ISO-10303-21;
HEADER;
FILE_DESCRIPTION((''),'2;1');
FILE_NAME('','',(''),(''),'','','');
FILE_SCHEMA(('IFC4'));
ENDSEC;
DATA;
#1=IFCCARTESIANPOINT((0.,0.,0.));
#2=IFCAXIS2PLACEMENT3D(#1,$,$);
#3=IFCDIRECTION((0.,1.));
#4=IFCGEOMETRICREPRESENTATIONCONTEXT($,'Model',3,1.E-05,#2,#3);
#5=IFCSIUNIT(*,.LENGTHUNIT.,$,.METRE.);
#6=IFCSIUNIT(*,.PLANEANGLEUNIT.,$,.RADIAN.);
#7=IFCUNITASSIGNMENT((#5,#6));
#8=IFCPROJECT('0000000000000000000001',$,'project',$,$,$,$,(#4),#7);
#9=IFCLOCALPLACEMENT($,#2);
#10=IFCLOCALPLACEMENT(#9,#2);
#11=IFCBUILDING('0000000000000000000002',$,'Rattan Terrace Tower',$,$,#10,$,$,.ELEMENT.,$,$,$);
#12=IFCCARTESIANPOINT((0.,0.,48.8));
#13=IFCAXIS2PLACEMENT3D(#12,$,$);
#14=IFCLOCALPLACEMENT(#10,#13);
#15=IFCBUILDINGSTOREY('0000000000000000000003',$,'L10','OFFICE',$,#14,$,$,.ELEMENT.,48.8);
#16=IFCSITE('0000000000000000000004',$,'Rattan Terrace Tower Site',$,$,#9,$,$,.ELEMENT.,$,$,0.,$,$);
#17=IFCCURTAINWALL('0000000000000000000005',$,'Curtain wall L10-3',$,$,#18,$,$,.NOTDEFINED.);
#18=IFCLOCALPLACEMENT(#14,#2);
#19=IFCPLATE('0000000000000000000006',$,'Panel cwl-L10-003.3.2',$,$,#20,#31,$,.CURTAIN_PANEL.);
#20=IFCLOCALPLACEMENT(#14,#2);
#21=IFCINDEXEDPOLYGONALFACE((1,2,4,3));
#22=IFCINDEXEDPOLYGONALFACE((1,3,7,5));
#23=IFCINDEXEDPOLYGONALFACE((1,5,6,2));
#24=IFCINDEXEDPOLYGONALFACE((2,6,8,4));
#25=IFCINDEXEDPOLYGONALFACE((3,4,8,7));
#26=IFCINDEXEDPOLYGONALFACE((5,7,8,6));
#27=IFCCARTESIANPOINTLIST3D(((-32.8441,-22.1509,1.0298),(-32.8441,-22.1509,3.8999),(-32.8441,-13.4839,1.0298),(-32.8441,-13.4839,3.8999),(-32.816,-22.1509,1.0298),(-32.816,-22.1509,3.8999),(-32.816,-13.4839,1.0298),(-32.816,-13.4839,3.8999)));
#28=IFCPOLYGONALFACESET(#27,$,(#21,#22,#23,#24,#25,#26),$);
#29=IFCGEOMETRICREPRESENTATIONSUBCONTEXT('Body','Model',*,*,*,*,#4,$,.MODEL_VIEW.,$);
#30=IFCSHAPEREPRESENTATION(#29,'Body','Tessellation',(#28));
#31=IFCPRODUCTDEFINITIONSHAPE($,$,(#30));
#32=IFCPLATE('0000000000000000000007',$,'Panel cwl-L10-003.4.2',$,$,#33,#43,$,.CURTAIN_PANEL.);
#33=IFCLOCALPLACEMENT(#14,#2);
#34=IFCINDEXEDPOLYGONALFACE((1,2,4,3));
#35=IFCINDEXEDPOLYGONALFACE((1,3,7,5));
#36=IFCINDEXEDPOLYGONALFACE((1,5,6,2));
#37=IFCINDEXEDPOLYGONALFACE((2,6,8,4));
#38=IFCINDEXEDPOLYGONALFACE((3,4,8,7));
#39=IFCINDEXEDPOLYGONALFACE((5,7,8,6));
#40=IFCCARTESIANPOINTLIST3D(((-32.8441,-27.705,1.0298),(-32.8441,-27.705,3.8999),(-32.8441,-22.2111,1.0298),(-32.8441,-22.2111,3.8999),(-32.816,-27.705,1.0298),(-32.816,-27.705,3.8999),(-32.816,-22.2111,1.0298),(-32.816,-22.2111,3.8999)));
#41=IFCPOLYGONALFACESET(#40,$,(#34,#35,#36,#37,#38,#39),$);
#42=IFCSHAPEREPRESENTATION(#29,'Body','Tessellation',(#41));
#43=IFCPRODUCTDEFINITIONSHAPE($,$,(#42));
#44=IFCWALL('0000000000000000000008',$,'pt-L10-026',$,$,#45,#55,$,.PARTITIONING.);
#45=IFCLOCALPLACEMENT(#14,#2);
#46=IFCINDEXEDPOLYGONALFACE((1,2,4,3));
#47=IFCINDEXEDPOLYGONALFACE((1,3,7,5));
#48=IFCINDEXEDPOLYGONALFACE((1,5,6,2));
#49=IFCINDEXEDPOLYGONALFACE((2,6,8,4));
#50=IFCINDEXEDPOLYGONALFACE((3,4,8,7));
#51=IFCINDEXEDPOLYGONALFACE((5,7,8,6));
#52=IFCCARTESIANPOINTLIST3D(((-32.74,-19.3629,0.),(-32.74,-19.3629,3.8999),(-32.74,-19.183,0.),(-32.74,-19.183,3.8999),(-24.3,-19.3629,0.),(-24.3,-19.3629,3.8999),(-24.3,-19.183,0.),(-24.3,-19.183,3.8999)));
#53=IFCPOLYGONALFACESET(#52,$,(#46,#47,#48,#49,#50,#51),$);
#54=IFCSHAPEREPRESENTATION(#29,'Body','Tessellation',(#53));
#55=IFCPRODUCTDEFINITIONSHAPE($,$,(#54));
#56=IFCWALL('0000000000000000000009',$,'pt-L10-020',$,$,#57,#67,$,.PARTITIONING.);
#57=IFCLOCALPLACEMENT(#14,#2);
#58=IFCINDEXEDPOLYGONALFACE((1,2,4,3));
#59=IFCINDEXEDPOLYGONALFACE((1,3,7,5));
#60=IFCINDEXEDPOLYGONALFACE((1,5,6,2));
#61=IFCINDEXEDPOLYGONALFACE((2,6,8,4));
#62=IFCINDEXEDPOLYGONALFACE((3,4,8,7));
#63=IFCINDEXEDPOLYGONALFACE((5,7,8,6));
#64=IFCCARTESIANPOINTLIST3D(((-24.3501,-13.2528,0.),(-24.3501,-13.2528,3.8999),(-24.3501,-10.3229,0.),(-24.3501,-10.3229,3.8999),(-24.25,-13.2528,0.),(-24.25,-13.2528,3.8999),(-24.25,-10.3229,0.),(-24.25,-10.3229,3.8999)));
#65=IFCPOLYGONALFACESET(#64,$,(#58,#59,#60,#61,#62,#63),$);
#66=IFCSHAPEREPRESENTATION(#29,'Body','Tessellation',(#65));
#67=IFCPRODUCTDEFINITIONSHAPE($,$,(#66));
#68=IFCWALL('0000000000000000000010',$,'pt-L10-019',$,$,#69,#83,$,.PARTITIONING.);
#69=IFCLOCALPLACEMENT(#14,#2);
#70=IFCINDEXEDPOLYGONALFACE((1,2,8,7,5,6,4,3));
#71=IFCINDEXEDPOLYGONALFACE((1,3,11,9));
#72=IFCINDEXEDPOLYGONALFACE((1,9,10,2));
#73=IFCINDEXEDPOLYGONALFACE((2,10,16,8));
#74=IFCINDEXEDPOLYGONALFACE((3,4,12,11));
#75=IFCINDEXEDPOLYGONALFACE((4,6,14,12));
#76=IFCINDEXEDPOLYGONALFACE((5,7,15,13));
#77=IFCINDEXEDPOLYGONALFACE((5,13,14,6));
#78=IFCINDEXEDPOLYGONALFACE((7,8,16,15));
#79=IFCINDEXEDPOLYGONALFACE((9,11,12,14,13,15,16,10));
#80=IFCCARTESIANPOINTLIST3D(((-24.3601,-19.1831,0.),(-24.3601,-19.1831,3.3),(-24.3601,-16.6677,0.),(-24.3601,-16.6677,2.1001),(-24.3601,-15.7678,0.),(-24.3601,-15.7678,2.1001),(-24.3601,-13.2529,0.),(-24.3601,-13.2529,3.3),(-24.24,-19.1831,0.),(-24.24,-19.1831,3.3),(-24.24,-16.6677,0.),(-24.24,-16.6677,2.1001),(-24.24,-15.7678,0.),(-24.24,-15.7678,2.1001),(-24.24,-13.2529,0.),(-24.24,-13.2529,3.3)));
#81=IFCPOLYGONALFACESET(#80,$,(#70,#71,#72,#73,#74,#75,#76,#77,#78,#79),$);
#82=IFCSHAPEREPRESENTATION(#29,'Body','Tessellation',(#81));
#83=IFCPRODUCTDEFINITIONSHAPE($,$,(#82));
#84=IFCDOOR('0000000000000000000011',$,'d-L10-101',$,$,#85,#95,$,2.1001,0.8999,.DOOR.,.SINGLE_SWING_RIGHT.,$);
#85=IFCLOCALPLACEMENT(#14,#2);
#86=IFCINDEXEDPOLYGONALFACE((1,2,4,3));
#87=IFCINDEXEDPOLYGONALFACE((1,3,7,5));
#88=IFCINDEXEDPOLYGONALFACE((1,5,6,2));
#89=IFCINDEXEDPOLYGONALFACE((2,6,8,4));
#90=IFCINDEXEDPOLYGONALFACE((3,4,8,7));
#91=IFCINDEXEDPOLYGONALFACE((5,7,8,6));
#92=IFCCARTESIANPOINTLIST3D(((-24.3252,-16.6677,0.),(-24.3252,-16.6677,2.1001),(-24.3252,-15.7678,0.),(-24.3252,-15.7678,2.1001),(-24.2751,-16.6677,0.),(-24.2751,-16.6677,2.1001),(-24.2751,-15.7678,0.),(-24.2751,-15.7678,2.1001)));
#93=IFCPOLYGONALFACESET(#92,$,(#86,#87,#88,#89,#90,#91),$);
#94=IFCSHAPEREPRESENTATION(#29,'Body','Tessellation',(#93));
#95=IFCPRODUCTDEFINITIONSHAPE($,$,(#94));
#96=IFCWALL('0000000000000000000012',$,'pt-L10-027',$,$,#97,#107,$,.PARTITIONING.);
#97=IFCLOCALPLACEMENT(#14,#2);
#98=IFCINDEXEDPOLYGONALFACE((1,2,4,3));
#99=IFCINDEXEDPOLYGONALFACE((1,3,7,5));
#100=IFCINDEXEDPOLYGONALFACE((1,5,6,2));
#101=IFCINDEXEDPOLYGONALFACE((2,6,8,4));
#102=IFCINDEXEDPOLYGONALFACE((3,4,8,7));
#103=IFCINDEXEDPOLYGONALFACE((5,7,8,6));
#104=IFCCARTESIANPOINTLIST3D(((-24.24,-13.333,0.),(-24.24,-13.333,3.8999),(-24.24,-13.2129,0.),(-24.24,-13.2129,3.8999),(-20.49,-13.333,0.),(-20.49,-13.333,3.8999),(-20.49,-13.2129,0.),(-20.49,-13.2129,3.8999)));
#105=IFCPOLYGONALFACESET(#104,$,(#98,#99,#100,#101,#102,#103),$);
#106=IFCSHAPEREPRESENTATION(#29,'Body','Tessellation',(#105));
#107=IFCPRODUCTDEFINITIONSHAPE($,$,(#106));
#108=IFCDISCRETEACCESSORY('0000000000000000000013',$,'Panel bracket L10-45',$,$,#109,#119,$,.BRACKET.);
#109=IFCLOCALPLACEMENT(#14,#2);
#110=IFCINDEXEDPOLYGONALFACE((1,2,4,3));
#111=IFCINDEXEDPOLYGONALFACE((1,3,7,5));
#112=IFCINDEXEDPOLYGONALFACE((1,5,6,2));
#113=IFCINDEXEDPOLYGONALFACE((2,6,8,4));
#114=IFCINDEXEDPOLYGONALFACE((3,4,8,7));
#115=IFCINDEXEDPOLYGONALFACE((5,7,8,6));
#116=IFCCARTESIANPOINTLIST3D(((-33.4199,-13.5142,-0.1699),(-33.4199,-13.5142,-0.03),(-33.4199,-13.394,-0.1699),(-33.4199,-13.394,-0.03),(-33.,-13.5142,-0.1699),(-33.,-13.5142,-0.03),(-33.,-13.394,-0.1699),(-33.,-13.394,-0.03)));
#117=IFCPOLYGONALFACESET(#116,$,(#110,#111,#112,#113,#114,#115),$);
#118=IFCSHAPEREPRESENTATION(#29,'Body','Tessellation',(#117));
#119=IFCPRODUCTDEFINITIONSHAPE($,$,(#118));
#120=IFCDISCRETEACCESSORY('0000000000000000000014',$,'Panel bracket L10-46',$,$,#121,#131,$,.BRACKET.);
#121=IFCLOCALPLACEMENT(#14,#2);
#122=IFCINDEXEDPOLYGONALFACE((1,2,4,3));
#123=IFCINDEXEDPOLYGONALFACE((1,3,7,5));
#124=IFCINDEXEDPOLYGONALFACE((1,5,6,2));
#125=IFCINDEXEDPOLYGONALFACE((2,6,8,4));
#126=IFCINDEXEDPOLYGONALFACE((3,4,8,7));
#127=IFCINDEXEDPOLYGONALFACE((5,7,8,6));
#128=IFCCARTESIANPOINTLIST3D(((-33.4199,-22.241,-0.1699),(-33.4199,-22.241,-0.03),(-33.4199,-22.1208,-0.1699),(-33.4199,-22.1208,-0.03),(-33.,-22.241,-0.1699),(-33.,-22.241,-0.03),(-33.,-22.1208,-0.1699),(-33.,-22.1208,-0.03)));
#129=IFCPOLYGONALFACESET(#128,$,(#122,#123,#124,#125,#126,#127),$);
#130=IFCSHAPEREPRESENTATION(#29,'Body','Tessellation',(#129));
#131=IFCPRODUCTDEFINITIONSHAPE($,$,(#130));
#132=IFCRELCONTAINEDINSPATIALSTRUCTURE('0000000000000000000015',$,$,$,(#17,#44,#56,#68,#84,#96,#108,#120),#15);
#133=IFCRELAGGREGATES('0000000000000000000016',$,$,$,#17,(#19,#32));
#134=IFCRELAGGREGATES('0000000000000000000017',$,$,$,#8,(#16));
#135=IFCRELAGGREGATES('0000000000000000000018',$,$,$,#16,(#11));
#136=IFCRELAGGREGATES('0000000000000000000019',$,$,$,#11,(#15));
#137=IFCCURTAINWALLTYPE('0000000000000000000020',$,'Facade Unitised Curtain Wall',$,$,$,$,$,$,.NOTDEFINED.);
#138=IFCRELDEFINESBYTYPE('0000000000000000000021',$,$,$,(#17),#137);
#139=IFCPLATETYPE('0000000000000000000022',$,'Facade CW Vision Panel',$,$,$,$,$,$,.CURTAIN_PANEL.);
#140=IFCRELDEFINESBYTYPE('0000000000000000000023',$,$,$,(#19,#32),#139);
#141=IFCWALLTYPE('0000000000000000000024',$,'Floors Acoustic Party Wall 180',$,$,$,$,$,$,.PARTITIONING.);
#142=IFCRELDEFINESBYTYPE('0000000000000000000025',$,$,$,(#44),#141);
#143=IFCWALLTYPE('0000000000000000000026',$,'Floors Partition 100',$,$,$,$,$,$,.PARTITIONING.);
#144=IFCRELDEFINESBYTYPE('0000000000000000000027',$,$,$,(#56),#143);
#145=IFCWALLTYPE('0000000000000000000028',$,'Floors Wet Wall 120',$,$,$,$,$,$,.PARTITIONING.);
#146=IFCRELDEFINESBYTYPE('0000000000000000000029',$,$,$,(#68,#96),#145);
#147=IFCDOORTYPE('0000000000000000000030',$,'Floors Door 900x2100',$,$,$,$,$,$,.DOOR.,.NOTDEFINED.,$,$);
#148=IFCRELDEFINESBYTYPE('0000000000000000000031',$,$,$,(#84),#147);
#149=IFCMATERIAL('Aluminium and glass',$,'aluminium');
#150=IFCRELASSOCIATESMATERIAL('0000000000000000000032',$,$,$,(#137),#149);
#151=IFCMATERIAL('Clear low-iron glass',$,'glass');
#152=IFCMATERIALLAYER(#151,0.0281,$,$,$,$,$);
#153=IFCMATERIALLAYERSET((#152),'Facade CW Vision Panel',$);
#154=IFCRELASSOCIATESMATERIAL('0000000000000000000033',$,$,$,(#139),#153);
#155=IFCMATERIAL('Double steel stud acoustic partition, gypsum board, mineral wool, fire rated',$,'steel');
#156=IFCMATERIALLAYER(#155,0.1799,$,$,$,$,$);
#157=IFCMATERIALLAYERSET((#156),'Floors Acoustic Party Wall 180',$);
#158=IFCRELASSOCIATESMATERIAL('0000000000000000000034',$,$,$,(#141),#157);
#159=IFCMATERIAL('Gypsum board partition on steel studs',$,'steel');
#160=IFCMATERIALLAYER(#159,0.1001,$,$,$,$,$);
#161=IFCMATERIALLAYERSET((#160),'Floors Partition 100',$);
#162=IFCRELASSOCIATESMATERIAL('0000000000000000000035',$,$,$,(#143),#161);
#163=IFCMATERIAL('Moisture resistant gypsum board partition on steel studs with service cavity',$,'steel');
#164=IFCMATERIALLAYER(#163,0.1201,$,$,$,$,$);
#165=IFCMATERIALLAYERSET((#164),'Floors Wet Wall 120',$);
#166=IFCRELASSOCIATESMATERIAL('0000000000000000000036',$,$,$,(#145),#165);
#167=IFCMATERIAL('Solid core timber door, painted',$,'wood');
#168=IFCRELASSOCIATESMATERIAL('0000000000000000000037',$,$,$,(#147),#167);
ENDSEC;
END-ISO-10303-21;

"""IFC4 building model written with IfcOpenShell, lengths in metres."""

from ifc_helpers import new_model, si_unit, direction, frame, frame_2d, origin, origin_2d, place, context, subcontext, project, spatial, rectangle, extrude, material, layer, layer_set, type_object, element, fill, aggregate, save


model = new_model("IFC4")

# Units and contexts
model_context = context("Model", 3, precision=1e-05, world=origin(), true_north=direction((0.0, 1.0)))
body_context = subcontext(model_context, "Body", "Model", "MODEL_VIEW")
ifc_project = project(units=[si_unit("LENGTHUNIT", "METRE"), si_unit("PLANEANGLEUNIT", "RADIAN")], contexts=[model_context])

# Site, building, storey
site_placement = place(None, origin())
site = spatial("IfcSite", under=ifc_project, at=site_placement, Name="Rattan Terrace Tower Site", CompositionType="ELEMENT", RefElevation=0.0)
building_placement = place(site_placement, origin())
building = spatial("IfcBuilding", under=site, at=building_placement, Name="Rattan Terrace Tower", CompositionType="ELEMENT")
storey_placement = place(building_placement, frame((0.0, 0.0, 48.8)))
storey = spatial("IfcBuildingStorey", under=building, at=storey_placement, Name="L10", Description="OFFICE", CompositionType="ELEMENT", Elevation=48.8)

# Curtain wall
ifc_material_1 = material(Name="Aluminium and glass", Category="aluminium")
curtain_wall_type = type_object("IfcCurtainWallType", Name="Facade Unitised Curtain Wall", PredefinedType="NOTDEFINED", material=ifc_material_1)
curtain_wall_placement = place(storey_placement, origin())
curtain_wall = element("IfcCurtainWall", 1, at=curtain_wall_placement, inside=storey, type_object=curtain_wall_type, Name="Curtain wall L10-3", PredefinedType="NOTDEFINED")

# Plates
ifc_material_2 = material(Name="Clear low-iron glass", Category="glass")
ifc_layer_1 = layer(ifc_material_2, 0.0281)
ifc_layer_set_1 = layer_set([ifc_layer_1], Name="Facade CW Vision Panel")
plate_type_1 = type_object("IfcPlateType", Name="Facade CW Vision Panel", PredefinedType="CURTAIN_PANEL", material=ifc_layer_set_1)
plate_1_placement = place(storey_placement, frame((-32.8301, -17.8174, 1.0298), z_axis=(0.0, 0.0, 1.0), x_axis=(0.0, -1.0, 0.0)))
plate_1 = element("IfcPlate", 2, at=plate_1_placement, type_object=plate_type_1, Name="Panel cwl-L10-003.3.2", PredefinedType="CURTAIN_PANEL", context=body_context, shape_type="SweptSolid", body=[
    extrude(rectangle(XDim=8.667, YDim=0.0281, at=origin_2d()), origin(), (0.0, 0.0, 1.0), 2.8701),
])
plate_2_placement = place(storey_placement, frame((-32.8301, -24.958, 1.0298), z_axis=(0.0, 0.0, 1.0), x_axis=(0.0, -1.0, 0.0)))
plate_2 = element("IfcPlate", 3, at=plate_2_placement, type_object=plate_type_1, Name="Panel cwl-L10-003.4.2", PredefinedType="CURTAIN_PANEL", context=body_context, shape_type="SweptSolid", body=[
    extrude(rectangle(XDim=5.4939, YDim=0.0281, at=origin_2d()), origin(), (0.0, 0.0, 1.0), 2.8701),
])
aggregate(curtain_wall, [plate_1, plate_2])

# Walls
ifc_material_3 = material(Name="Double steel stud acoustic partition, gypsum board, mineral wool, fire rated", Category="steel")
ifc_layer_2 = layer(ifc_material_3, 0.1799)
ifc_layer_set_2 = layer_set([ifc_layer_2], Name="Floors Acoustic Party Wall 180")
wall_type_1 = type_object("IfcWallType", Name="Floors Acoustic Party Wall 180", PredefinedType="PARTITIONING", material=ifc_layer_set_2)
wall_1_placement = place(storey_placement, frame((-24.3, -19.2729, 0.0), z_axis=(0.0, 0.0, 1.0), x_axis=(-1.0, 0.0, 0.0)))
element("IfcWall", 4, at=wall_1_placement, inside=storey, type_object=wall_type_1, Name="pt-L10-026", PredefinedType="PARTITIONING", context=body_context, shape_type="SweptSolid", body=[
    extrude(rectangle(XDim=8.4399, YDim=0.1799, at=frame_2d((4.22, 0.0))), origin(), (0.0, 0.0, 1.0), 3.8999),
])
ifc_material_4 = material(Name="Gypsum board partition on steel studs", Category="steel")
ifc_layer_3 = layer(ifc_material_4, 0.1001)
ifc_layer_set_3 = layer_set([ifc_layer_3], Name="Floors Partition 100")
wall_type_2 = type_object("IfcWallType", Name="Floors Partition 100", PredefinedType="PARTITIONING", material=ifc_layer_set_3)
wall_2_placement = place(storey_placement, frame((-24.3, -10.323, 0.0), z_axis=(0.0, 0.0, 1.0), x_axis=(0.0, -1.0, 0.0)))
element("IfcWall", 5, at=wall_2_placement, inside=storey, type_object=wall_type_2, Name="pt-L10-020", PredefinedType="PARTITIONING", context=body_context, shape_type="SweptSolid", body=[
    extrude(rectangle(XDim=2.9299, YDim=0.1001, at=frame_2d((1.4648, 0.0))), origin(), (0.0, 0.0, 1.0), 3.8999),
])

# Wall, opening, door
ifc_material_5 = material(Name="Moisture resistant gypsum board partition on steel studs with service cavity", Category="steel")
ifc_layer_4 = layer(ifc_material_5, 0.1201)
ifc_layer_set_4 = layer_set([ifc_layer_4], Name="Floors Wet Wall 120")
wall_type_3 = type_object("IfcWallType", Name="Floors Wet Wall 120", PredefinedType="PARTITIONING", material=ifc_layer_set_4)
wall_3_placement = place(storey_placement, frame((-24.3, -13.2529, 0.0), z_axis=(0.0, 0.0, 1.0), x_axis=(0.0, -1.0, 0.0)))
wall_3 = element("IfcWall", 6, at=wall_3_placement, inside=storey, type_object=wall_type_3, Name="pt-L10-019", PredefinedType="PARTITIONING", context=body_context, shape_type="SweptSolid", body=[
    extrude(rectangle(XDim=5.9302, YDim=0.1201, at=frame_2d((2.9651, 0.0))), origin(), (0.0, 0.0, 1.0), 3.3),
])
opening_placement = place(wall_3_placement, frame((2.5149, 0.0, 0.0)))
opening = element("IfcOpeningElement", 7, at=opening_placement, cuts=wall_3, PredefinedType="OPENING", context=body_context, shape_type="SweptSolid", body=[
    extrude(rectangle(XDim=0.8999, YDim=2.1001, at=frame_2d((0.45, 1.05))), frame((0.0, 0.0706, 0.0), z_axis=(0.0, -1.0, 0.0), x_axis=(1.0, 0.0, 0.0)), (0.0, 0.0, 1.0), 0.1411),
])
ifc_material_6 = material(Name="Solid core timber door, painted", Category="wood")
door_type = type_object("IfcDoorType", Name="Floors Door 900x2100", OperationType="NOTDEFINED", PredefinedType="DOOR", material=ifc_material_6)
door_placement = place(opening_placement, origin())
door = element("IfcDoor", 8, at=door_placement, inside=storey, type_object=door_type, Name="d-L10-101", OperationType="SINGLE_SWING_RIGHT", OverallHeight=2.1001, OverallWidth=0.8999, PredefinedType="DOOR", context=body_context, shape_type="SweptSolid", body=[
    extrude(rectangle(XDim=0.8999, YDim=2.1001, at=frame_2d((0.45, 1.05))), frame((0.0, 0.0249, 0.0), z_axis=(0.0, -1.0, 0.0), x_axis=(1.0, 0.0, 0.0)), (0.0, 0.0, 1.0), 0.05),
])
fill(opening, door)

# Wall
wall_4_placement = place(storey_placement, frame((-24.24, -13.2729, 0.0), z_axis=(0.0, 0.0, 1.0), x_axis=(1.0, 0.0, 0.0)))
element("IfcWall", 9, at=wall_4_placement, inside=storey, type_object=wall_type_3, Name="pt-L10-027", PredefinedType="PARTITIONING", context=body_context, shape_type="SweptSolid", body=[
    extrude(rectangle(XDim=3.75, YDim=0.1201, at=frame_2d((1.875, 0.0))), origin(), (0.0, 0.0, 1.0), 3.8999),
])

# Discrete accessories
for number, where, z_axis, x_axis, name in (
    (10, (-33.21, -13.4541, -0.1699), (0.0, 0.0, 1.0), (0.0, -1.0, 0.0), "Panel bracket L10-45"),
    (11, (-33.21, -22.1809, -0.1699), (0.0, 0.0, 1.0), (0.0, -1.0, 0.0), "Panel bracket L10-46"),
):
    element("IfcDiscreteAccessory", number, at=place(storey_placement, frame(where, z_axis=z_axis, x_axis=x_axis)), inside=storey, Name=name, PredefinedType="BRACKET", context=body_context, shape_type="SweptSolid", body=[
        extrude(rectangle(XDim=0.1201, YDim=0.4199, at=origin_2d()), origin(), (0.0, 0.0, 1.0), 0.1399),
    ])

save(model, "model.ifc")
